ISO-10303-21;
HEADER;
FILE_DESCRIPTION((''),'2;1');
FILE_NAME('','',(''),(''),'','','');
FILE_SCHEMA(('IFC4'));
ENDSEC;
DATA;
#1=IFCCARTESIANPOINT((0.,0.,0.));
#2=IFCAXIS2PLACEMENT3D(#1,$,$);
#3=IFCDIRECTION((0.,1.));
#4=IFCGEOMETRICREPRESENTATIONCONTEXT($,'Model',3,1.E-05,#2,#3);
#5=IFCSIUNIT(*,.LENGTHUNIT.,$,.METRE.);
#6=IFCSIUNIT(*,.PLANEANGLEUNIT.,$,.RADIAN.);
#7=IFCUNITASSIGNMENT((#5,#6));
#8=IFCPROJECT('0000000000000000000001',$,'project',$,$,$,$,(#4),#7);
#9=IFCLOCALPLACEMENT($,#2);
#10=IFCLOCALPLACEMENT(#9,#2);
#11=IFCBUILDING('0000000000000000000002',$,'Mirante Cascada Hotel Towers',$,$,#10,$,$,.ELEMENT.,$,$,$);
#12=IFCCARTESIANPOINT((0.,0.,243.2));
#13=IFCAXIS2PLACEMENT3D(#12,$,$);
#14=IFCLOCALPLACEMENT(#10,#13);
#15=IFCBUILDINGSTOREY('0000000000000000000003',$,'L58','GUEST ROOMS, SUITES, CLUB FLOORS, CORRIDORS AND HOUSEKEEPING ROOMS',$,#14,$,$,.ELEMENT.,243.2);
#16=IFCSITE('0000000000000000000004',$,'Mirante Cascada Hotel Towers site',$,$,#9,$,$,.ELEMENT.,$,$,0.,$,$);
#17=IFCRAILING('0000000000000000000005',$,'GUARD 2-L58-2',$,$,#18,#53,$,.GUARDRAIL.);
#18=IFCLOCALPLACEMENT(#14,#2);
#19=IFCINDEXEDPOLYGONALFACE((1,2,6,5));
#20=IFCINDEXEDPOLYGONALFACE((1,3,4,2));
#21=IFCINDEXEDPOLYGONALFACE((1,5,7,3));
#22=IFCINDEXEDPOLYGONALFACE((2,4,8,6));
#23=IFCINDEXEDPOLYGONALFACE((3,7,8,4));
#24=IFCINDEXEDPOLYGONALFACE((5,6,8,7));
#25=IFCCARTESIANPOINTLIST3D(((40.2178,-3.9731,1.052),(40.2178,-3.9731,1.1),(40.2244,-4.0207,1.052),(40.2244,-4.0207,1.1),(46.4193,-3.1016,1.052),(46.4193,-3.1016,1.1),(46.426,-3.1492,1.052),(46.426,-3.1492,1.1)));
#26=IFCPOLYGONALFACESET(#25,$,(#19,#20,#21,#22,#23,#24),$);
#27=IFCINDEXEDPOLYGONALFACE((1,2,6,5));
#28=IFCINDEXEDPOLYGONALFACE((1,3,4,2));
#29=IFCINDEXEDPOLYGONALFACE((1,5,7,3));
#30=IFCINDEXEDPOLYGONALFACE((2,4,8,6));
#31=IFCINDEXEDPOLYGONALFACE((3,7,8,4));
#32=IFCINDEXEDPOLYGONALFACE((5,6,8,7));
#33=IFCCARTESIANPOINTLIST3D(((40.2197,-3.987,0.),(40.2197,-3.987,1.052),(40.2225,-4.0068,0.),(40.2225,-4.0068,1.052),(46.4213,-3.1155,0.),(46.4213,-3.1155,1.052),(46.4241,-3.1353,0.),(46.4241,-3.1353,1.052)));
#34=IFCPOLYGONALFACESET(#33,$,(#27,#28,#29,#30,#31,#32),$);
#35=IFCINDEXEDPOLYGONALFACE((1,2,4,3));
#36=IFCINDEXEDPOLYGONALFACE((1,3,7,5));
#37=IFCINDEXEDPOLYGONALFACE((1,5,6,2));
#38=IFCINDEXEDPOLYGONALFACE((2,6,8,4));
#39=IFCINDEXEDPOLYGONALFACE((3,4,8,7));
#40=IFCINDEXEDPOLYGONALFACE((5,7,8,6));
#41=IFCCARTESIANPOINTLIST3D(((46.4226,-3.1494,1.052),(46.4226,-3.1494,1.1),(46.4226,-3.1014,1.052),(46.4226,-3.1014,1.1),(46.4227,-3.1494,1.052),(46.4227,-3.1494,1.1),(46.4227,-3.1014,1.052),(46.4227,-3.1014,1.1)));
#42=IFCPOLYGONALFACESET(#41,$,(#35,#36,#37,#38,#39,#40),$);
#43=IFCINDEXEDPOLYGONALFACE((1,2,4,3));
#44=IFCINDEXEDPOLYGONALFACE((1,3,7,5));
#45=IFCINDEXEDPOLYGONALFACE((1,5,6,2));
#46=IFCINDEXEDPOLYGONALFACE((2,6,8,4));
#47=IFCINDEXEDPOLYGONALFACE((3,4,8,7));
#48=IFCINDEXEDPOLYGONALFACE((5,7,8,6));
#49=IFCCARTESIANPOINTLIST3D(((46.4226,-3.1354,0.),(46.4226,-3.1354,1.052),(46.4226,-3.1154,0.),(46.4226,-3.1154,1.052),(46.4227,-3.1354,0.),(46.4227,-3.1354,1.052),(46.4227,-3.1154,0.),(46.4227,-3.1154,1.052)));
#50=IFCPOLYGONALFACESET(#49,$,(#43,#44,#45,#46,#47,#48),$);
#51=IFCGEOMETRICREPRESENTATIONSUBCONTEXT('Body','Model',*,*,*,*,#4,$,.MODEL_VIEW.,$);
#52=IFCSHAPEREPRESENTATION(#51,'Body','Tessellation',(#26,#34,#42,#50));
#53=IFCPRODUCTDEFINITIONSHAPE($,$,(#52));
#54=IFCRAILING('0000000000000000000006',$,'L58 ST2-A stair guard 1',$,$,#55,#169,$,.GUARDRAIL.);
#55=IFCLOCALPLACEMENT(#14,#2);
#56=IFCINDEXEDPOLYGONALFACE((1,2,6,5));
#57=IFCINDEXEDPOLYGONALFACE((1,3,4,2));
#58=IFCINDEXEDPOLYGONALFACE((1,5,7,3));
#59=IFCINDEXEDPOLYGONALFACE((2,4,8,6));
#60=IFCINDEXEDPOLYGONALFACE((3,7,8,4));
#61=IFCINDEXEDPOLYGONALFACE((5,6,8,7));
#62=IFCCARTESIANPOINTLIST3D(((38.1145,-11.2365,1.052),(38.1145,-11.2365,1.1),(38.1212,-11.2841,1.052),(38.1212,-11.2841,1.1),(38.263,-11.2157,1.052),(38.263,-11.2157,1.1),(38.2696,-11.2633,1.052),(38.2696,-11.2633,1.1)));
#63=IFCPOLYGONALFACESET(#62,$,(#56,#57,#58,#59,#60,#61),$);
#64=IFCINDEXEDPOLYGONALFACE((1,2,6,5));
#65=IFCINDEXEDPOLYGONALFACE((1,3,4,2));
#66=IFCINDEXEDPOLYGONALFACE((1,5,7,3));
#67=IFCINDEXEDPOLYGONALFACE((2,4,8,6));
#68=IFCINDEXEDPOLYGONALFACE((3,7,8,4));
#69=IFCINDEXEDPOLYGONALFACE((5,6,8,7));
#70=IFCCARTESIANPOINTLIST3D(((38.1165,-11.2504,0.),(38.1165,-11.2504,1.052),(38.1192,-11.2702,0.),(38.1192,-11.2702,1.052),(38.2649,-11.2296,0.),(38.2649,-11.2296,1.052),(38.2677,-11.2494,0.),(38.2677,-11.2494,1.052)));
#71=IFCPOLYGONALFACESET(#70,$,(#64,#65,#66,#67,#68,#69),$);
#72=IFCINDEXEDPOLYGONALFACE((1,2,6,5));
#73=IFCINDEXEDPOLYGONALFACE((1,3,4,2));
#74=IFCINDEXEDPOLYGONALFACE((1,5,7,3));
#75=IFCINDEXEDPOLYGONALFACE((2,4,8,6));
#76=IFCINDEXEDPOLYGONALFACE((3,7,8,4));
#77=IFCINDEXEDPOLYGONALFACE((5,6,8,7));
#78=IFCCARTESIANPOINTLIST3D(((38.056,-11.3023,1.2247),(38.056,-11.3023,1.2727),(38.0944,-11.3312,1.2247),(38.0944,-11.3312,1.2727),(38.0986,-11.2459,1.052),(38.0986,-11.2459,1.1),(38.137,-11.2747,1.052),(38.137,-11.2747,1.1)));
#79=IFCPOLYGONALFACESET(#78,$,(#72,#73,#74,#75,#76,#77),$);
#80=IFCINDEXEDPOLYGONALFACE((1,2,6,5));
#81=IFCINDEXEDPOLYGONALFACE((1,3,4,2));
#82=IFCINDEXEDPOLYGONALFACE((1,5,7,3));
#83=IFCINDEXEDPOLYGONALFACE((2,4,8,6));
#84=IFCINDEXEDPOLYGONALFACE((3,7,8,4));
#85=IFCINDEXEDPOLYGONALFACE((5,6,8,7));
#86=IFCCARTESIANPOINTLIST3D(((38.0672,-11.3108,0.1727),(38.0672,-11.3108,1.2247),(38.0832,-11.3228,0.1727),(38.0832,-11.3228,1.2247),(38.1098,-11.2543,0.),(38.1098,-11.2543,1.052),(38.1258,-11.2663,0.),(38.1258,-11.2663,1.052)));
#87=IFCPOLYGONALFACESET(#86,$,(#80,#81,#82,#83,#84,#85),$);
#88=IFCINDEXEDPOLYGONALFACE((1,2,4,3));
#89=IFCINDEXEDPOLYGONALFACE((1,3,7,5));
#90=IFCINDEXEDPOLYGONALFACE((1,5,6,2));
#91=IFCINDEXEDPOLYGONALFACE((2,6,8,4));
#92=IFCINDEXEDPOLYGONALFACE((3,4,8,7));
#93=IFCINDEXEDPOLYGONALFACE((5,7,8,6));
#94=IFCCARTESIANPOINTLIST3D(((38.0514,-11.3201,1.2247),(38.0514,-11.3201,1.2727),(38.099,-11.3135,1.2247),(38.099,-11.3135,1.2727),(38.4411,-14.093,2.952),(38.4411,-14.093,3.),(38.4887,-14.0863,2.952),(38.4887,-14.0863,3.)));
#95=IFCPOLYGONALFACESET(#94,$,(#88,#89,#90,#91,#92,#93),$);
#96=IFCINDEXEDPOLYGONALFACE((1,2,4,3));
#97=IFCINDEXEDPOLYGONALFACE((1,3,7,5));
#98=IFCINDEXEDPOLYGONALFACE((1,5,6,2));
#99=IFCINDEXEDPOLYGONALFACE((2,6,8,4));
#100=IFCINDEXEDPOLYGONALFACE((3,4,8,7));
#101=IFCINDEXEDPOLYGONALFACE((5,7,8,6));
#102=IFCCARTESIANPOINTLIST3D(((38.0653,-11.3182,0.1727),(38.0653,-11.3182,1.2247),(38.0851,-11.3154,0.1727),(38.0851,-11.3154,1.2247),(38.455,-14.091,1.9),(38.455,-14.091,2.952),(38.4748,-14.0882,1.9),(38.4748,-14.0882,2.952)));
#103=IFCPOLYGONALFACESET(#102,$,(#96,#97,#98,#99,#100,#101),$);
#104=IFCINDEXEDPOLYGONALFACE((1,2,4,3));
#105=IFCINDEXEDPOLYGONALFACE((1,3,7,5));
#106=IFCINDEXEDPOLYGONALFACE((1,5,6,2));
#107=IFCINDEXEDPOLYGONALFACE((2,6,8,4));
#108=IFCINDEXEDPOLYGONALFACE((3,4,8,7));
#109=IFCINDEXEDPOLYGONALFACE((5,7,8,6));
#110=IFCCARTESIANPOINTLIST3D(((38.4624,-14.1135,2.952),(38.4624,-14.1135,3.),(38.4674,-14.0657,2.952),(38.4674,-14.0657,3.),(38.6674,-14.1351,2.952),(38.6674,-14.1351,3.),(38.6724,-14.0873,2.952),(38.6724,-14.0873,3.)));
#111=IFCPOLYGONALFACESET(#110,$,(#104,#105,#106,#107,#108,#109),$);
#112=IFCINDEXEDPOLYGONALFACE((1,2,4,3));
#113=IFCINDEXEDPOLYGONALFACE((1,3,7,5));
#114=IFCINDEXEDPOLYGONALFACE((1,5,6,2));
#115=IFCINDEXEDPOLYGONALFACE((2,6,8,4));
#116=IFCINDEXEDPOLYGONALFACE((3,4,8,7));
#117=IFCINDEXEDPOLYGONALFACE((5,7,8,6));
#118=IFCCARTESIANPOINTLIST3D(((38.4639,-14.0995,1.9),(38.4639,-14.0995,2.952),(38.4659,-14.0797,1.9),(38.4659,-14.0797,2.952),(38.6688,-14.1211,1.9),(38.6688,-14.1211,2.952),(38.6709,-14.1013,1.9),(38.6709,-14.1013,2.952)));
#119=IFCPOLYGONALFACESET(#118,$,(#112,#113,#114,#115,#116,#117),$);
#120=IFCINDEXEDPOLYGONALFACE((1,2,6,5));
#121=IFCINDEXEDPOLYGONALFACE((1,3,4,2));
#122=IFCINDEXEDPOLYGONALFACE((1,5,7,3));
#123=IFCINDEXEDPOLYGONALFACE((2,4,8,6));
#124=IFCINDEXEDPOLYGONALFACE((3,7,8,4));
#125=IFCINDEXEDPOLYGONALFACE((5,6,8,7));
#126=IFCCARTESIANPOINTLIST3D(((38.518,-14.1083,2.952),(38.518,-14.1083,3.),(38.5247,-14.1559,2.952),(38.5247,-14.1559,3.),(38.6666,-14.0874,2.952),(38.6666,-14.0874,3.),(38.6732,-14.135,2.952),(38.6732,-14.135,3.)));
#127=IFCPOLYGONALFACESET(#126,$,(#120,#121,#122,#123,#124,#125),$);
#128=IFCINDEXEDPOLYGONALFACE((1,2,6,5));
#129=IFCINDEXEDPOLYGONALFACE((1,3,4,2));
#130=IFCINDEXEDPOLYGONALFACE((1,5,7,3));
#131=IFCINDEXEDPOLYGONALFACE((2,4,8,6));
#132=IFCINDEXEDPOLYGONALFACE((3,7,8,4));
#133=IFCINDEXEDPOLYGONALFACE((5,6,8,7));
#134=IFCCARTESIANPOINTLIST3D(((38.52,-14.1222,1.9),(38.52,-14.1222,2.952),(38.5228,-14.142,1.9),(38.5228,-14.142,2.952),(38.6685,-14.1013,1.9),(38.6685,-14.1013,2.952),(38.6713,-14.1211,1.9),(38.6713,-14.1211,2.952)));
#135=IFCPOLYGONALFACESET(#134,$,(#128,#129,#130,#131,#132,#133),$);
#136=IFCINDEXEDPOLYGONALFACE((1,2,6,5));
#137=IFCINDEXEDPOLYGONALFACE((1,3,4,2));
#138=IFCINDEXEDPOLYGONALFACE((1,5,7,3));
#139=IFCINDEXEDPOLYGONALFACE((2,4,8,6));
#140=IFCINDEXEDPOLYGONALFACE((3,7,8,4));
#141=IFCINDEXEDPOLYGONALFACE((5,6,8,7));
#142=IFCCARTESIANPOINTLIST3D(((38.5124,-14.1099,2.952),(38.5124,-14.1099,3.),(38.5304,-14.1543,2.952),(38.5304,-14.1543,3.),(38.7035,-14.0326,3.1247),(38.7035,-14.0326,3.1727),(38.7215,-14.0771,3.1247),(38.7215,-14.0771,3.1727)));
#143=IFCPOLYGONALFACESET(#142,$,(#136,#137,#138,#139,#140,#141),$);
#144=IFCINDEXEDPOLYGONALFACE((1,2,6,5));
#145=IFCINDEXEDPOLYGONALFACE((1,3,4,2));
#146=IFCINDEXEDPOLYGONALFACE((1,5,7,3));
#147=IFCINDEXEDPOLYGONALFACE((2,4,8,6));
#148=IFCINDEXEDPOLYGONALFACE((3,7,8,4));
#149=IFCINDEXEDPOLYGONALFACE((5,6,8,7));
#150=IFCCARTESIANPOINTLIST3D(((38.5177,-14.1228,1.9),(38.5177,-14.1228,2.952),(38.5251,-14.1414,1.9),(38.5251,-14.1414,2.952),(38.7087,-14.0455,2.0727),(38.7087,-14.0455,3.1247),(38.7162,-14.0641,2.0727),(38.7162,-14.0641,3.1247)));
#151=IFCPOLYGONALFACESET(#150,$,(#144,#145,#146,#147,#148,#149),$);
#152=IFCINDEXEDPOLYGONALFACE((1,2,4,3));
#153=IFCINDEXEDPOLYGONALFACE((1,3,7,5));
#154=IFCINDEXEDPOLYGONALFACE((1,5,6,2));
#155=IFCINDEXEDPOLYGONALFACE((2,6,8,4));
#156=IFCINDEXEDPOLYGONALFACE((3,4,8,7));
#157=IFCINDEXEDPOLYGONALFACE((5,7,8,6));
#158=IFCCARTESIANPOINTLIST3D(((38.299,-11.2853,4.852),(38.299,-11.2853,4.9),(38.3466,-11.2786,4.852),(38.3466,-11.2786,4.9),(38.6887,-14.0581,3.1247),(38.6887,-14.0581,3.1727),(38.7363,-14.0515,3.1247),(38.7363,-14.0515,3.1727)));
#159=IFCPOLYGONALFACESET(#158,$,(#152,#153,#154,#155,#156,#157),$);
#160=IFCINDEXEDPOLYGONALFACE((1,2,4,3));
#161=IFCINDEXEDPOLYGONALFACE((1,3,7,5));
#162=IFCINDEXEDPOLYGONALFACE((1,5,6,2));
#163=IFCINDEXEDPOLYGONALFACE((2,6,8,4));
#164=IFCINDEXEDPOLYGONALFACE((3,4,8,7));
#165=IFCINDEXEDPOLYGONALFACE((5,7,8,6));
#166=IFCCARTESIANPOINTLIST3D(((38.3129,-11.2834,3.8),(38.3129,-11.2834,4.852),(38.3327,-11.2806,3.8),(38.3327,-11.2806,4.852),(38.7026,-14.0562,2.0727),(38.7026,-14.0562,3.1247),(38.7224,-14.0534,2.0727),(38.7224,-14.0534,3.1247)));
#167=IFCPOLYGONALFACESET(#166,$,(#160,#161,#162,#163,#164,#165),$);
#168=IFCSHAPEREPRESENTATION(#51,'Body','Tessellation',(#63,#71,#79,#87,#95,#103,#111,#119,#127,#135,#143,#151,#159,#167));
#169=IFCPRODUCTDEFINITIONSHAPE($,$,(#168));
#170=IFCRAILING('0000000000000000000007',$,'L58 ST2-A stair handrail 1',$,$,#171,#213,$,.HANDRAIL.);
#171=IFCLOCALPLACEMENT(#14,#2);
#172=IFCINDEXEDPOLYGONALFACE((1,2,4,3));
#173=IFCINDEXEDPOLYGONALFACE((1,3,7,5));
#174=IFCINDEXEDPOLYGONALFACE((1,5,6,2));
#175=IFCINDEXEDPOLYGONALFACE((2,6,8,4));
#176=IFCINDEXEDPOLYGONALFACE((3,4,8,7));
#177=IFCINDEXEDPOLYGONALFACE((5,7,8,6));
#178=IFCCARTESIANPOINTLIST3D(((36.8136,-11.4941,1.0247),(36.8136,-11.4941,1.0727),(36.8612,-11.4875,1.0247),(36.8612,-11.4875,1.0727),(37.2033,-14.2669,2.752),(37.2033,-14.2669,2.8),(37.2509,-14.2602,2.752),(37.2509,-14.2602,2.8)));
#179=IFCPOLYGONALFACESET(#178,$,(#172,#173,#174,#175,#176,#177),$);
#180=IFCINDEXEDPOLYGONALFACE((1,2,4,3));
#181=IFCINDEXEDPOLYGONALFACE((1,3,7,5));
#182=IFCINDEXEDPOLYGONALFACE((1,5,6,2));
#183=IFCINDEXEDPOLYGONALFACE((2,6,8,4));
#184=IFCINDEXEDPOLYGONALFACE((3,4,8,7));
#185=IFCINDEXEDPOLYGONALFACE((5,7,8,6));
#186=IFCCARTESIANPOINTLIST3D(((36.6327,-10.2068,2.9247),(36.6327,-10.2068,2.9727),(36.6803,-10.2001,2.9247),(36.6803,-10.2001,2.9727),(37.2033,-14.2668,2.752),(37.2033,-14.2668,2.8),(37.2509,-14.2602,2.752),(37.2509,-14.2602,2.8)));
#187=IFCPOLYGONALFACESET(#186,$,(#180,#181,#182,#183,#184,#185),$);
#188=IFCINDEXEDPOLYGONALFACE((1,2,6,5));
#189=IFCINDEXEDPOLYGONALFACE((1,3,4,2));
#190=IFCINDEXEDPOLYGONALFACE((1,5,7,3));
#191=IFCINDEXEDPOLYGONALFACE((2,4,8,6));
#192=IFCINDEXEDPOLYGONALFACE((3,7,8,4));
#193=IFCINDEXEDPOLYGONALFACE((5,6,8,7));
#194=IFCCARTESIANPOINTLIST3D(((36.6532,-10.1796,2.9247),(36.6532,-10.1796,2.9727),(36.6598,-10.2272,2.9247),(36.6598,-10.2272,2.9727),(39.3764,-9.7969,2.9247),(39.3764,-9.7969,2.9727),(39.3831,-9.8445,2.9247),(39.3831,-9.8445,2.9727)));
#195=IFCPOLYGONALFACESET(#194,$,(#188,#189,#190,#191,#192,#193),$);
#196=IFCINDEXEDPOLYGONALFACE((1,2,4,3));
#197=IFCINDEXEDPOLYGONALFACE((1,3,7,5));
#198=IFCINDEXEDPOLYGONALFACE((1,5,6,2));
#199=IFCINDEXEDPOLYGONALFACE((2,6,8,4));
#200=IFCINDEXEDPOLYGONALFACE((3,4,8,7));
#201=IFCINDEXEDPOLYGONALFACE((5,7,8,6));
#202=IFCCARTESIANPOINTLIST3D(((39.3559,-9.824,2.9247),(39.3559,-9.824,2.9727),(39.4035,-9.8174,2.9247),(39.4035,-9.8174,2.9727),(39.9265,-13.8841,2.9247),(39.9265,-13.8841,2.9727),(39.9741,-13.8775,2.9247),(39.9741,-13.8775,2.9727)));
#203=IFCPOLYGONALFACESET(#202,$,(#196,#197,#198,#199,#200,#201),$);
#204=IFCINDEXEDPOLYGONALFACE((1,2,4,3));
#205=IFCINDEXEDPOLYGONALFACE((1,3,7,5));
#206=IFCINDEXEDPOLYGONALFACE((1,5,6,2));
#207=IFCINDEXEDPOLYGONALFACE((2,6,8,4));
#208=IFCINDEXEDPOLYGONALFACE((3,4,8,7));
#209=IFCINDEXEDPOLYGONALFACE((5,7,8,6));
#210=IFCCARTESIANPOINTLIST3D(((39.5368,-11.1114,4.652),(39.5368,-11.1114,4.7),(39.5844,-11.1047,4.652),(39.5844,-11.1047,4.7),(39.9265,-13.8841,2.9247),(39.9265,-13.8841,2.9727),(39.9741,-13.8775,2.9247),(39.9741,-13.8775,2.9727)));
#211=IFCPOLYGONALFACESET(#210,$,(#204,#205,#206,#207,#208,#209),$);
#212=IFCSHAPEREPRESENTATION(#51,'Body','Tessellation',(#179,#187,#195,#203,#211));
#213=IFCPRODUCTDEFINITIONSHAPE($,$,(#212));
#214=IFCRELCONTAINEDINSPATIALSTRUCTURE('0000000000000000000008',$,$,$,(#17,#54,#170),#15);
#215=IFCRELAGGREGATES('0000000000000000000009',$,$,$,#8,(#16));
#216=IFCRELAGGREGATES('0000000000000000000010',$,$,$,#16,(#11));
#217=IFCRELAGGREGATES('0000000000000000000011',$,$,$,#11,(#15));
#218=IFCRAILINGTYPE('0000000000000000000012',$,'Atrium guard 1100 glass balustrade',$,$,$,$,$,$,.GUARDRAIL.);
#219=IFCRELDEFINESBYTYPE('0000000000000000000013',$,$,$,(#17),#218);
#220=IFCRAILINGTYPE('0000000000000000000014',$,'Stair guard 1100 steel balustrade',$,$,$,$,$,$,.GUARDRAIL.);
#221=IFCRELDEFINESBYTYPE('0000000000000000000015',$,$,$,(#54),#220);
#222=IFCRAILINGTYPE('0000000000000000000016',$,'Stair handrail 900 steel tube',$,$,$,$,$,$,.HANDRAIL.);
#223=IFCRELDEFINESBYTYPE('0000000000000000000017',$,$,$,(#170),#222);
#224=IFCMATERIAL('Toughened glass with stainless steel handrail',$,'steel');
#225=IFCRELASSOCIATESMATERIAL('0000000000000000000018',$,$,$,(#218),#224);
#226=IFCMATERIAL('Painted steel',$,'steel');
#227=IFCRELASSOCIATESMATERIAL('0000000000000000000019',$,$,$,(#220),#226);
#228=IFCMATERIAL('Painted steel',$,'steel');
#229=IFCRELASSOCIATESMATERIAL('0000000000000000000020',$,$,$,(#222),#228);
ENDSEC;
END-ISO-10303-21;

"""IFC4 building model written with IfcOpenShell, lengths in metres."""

from ifc_helpers import new_model, si_unit, direction, frame, origin, origin_2d, place, context, subcontext, project, spatial, rectangle, extrude, material, type_object, element, save


model = new_model("IFC4")

# Units and contexts
model_context = context("Model", 3, precision=1e-05, world=origin(), true_north=direction((0.0, 1.0)))
body_context = subcontext(model_context, "Body", "Model", "MODEL_VIEW")
ifc_project = project(units=[si_unit("LENGTHUNIT", "METRE"), si_unit("PLANEANGLEUNIT", "RADIAN")], contexts=[model_context])

# Site, building, storey
site_placement = place(None, origin())
site = spatial("IfcSite", under=ifc_project, at=site_placement, Name="Mirante Cascada Hotel Towers site", CompositionType="ELEMENT", RefElevation=0.0)
building_placement = place(site_placement, origin())
building = spatial("IfcBuilding", under=site, at=building_placement, Name="Mirante Cascada Hotel Towers", CompositionType="ELEMENT")
storey_placement = place(building_placement, frame((0.0, 0.0, 243.2)))
storey = spatial("IfcBuildingStorey", under=building, at=storey_placement, Name="L58", Description="GUEST ROOMS, SUITES, CLUB FLOORS, CORRIDORS AND HOUSEKEEPING ROOMS", CompositionType="ELEMENT", Elevation=243.2)

# Railings
ifc_material_1 = material(Name="Toughened glass with stainless steel handrail", Category="steel")
railing_type_1 = type_object("IfcRailingType", Name="Atrium guard 1100 glass balustrade", PredefinedType="GUARDRAIL", material=ifc_material_1)
railing_1_placement = place(storey_placement, frame((40.2211, -3.9969, 0.0)))
element("IfcRailing", 1, at=railing_1_placement, inside=storey, type_object=railing_type_1, Name="GUARD 2-L58-2", PredefinedType="GUARDRAIL", context=body_context, shape_type="SweptSolid", body=[
    extrude(rectangle(XDim=0.048, YDim=0.048, at=origin_2d()), frame((0.0, 0.0, 1.076), z_axis=(0.99027, 0.139161, 0.0), x_axis=(-0.139161, 0.99027, 0.0)), (0.0, 0.0, 1.0), 6.2625),
    extrude(rectangle(XDim=0.02, YDim=1.052, at=origin_2d()), frame((0.0, 0.0, 0.526), z_axis=(0.99027, 0.139161, 0.0), x_axis=(-0.139161, 0.99027, 0.0)), (0.0, 0.0, 1.0), 6.2625),
    extrude(rectangle(XDim=0.048, YDim=0.048, at=origin_2d()), frame((6.2016, 0.8715, 1.076), z_axis=(-1.0, 0.0, 0.0), x_axis=(0.0, -1.0, 0.0)), (0.0, 0.0, 1.0), 0.0001),
    extrude(rectangle(XDim=0.02, YDim=1.052, at=origin_2d()), frame((6.2016, 0.8715, 0.526), z_axis=(-1.0, 0.0, 0.0), x_axis=(0.0, -1.0, 0.0)), (0.0, 0.0, 1.0), 0.0001),
])
ifc_material_2 = material(Name="Painted steel", Category="steel")
railing_type_2 = type_object("IfcRailingType", Name="Stair guard 1100 steel balustrade", PredefinedType="GUARDRAIL", material=ifc_material_2)
railing_2_placement = place(storey_placement, frame((38.2663, -11.2395, 0.0)))
element("IfcRailing", 2, at=railing_2_placement, inside=storey, type_object=railing_type_2, Name="L58 ST2-A stair guard 1", PredefinedType="GUARDRAIL", context=body_context, shape_type="SweptSolid", body=[
    extrude(rectangle(XDim=0.048, YDim=0.048, at=origin_2d()), frame((0.0, 0.0, 1.076), z_axis=(-0.990333, -0.138713, 0.0), x_axis=(0.138713, -0.990333, 0.0)), (0.0, 0.0, 1.0), 0.1499),
    extrude(rectangle(XDim=0.02, YDim=1.052, at=origin_2d()), frame((0.0, 0.0, 0.526), z_axis=(-0.990333, -0.138713, 0.0), x_axis=(0.138713, -0.990333, 0.0)), (0.0, 0.0, 1.0), 0.1499),
    extrude(rectangle(XDim=0.048, YDim=0.048, at=origin_2d()), frame((-0.1485, -0.0208, 1.076), z_axis=(-0.602033, -0.798471, 0.0), x_axis=(0.798471, -0.602033, 0.0)), (0.0, 0.92534, 0.379139), 0.1866),
    extrude(rectangle(XDim=0.02, YDim=1.052, at=origin_2d()), frame((-0.1485, -0.0208, 0.526), z_axis=(-0.602033, -0.798471, 0.0), x_axis=(0.798471, -0.602033, 0.0)), (0.0, 0.92534, 0.379139), 0.1866),
    extrude(rectangle(XDim=0.048, YDim=0.048, at=origin_2d()), frame((-0.1911, -0.0773, 1.2487), z_axis=(0.139176, -0.990268, 0.0), x_axis=(0.990268, 0.139176, 0.0)), (0.0, 0.525021, 0.851089), 3.29),
    extrude(rectangle(XDim=0.02, YDim=1.052, at=origin_2d()), frame((-0.1911, -0.0773, 0.6987), z_axis=(0.139176, -0.990268, 0.0), x_axis=(0.990268, 0.139176, 0.0)), (0.0, 0.525021, 0.851089), 3.29),
    extrude(rectangle(XDim=0.048, YDim=0.048, at=origin_2d()), frame((0.1986, -2.8501, 2.976), z_axis=(0.994495, -0.104786, 0.0), x_axis=(0.104786, 0.994495, 0.0)), (0.0, 0.0, 1.0), 0.2061),
    extrude(rectangle(XDim=0.02, YDim=1.052, at=origin_2d()), frame((0.1986, -2.8501, 2.426), z_axis=(0.994495, -0.104786, 0.0), x_axis=(0.104786, 0.994495, 0.0)), (0.0, 0.0, 1.0), 0.2061),
    extrude(rectangle(XDim=0.048, YDim=0.048, at=origin_2d()), frame((0.4036, -2.8717, 2.976), z_axis=(-0.990241, -0.139367, 0.0), x_axis=(0.139367, -0.990241, 0.0)), (0.0, 0.0, 1.0), 0.15),
    extrude(rectangle(XDim=0.02, YDim=1.052, at=origin_2d()), frame((0.4036, -2.8717, 2.426), z_axis=(-0.990241, -0.139367, 0.0), x_axis=(0.139367, -0.990241, 0.0)), (0.0, 0.0, 1.0), 0.15),
    extrude(rectangle(XDim=0.048, YDim=0.048, at=origin_2d()), frame((0.2551, -2.8926, 2.976), z_axis=(0.927031, 0.374984, 0.0), x_axis=(-0.374984, 0.927031, 0.0)), (0.0, 0.64219, 0.766545), 0.2689),
    extrude(rectangle(XDim=0.02, YDim=1.052, at=origin_2d()), frame((0.2551, -2.8926, 2.426), z_axis=(0.927031, 0.374984, 0.0), x_axis=(-0.374984, 0.927031, 0.0)), (0.0, 0.64219, 0.766545), 0.2689),
    extrude(rectangle(XDim=0.048, YDim=0.048, at=origin_2d()), frame((0.4462, -2.8153, 3.1487), z_axis=(-0.139176, 0.990268, 0.0), x_axis=(-0.990268, -0.139176, 0.0)), (0.0, 0.525021, 0.851089), 3.29),
    extrude(rectangle(XDim=0.02, YDim=1.052, at=origin_2d()), frame((0.4462, -2.8153, 2.5987), z_axis=(-0.139176, 0.990268, 0.0), x_axis=(-0.990268, -0.139176, 0.0)), (0.0, 0.525021, 0.851089), 3.29),
])
ifc_material_3 = material(Name="Painted steel", Category="steel")
railing_type_3 = type_object("IfcRailingType", Name="Stair handrail 900 steel tube", PredefinedType="HANDRAIL", material=ifc_material_3)
railing_3_placement = place(storey_placement, frame((36.8374, -11.4908, 0.1727)))
element("IfcRailing", 3, at=railing_3_placement, inside=storey, type_object=railing_type_3, Name="L58 ST2-A stair handrail 1", PredefinedType="HANDRAIL", context=body_context, shape_type="SweptSolid", body=[
    extrude(rectangle(XDim=0.048, YDim=0.048, at=origin_2d()), frame((0.0, 0.0, 0.876), z_axis=(0.139181, -0.990267, 0.0), x_axis=(0.990267, 0.139181, 0.0)), (0.0, 0.525035, 0.851081), 3.2899),
    extrude(rectangle(XDim=0.048, YDim=0.048, at=origin_2d()), frame((0.3897, -2.7727, 2.6033), z_axis=(-0.139171, 0.990268, 0.0), x_axis=(-0.990268, -0.139171, 0.0)), (0.0, 0.042085, 0.999114), 4.1036),
    extrude(rectangle(XDim=0.048, YDim=0.048, at=origin_2d()), frame((-0.1809, 1.2874, 2.776), z_axis=(0.990269, 0.139166, 0.0), x_axis=(-0.139166, 0.990269, 0.0)), (0.0, 0.0, 1.0), 2.75),
    extrude(rectangle(XDim=0.048, YDim=0.048, at=origin_2d()), frame((2.5423, 1.6701, 2.776), z_axis=(0.139171, -0.990268, 0.0), x_axis=(0.990268, 0.139171, 0.0)), (0.0, 0.0, 1.0), 4.1),
    extrude(rectangle(XDim=0.048, YDim=0.048, at=origin_2d()), frame((3.1129, -2.39, 2.776), z_axis=(-0.139181, 0.990267, 0.0), x_axis=(-0.990267, -0.139181, 0.0)), (0.0, 0.525035, 0.851081), 3.2899),
])

save(model, "model.ifc")
